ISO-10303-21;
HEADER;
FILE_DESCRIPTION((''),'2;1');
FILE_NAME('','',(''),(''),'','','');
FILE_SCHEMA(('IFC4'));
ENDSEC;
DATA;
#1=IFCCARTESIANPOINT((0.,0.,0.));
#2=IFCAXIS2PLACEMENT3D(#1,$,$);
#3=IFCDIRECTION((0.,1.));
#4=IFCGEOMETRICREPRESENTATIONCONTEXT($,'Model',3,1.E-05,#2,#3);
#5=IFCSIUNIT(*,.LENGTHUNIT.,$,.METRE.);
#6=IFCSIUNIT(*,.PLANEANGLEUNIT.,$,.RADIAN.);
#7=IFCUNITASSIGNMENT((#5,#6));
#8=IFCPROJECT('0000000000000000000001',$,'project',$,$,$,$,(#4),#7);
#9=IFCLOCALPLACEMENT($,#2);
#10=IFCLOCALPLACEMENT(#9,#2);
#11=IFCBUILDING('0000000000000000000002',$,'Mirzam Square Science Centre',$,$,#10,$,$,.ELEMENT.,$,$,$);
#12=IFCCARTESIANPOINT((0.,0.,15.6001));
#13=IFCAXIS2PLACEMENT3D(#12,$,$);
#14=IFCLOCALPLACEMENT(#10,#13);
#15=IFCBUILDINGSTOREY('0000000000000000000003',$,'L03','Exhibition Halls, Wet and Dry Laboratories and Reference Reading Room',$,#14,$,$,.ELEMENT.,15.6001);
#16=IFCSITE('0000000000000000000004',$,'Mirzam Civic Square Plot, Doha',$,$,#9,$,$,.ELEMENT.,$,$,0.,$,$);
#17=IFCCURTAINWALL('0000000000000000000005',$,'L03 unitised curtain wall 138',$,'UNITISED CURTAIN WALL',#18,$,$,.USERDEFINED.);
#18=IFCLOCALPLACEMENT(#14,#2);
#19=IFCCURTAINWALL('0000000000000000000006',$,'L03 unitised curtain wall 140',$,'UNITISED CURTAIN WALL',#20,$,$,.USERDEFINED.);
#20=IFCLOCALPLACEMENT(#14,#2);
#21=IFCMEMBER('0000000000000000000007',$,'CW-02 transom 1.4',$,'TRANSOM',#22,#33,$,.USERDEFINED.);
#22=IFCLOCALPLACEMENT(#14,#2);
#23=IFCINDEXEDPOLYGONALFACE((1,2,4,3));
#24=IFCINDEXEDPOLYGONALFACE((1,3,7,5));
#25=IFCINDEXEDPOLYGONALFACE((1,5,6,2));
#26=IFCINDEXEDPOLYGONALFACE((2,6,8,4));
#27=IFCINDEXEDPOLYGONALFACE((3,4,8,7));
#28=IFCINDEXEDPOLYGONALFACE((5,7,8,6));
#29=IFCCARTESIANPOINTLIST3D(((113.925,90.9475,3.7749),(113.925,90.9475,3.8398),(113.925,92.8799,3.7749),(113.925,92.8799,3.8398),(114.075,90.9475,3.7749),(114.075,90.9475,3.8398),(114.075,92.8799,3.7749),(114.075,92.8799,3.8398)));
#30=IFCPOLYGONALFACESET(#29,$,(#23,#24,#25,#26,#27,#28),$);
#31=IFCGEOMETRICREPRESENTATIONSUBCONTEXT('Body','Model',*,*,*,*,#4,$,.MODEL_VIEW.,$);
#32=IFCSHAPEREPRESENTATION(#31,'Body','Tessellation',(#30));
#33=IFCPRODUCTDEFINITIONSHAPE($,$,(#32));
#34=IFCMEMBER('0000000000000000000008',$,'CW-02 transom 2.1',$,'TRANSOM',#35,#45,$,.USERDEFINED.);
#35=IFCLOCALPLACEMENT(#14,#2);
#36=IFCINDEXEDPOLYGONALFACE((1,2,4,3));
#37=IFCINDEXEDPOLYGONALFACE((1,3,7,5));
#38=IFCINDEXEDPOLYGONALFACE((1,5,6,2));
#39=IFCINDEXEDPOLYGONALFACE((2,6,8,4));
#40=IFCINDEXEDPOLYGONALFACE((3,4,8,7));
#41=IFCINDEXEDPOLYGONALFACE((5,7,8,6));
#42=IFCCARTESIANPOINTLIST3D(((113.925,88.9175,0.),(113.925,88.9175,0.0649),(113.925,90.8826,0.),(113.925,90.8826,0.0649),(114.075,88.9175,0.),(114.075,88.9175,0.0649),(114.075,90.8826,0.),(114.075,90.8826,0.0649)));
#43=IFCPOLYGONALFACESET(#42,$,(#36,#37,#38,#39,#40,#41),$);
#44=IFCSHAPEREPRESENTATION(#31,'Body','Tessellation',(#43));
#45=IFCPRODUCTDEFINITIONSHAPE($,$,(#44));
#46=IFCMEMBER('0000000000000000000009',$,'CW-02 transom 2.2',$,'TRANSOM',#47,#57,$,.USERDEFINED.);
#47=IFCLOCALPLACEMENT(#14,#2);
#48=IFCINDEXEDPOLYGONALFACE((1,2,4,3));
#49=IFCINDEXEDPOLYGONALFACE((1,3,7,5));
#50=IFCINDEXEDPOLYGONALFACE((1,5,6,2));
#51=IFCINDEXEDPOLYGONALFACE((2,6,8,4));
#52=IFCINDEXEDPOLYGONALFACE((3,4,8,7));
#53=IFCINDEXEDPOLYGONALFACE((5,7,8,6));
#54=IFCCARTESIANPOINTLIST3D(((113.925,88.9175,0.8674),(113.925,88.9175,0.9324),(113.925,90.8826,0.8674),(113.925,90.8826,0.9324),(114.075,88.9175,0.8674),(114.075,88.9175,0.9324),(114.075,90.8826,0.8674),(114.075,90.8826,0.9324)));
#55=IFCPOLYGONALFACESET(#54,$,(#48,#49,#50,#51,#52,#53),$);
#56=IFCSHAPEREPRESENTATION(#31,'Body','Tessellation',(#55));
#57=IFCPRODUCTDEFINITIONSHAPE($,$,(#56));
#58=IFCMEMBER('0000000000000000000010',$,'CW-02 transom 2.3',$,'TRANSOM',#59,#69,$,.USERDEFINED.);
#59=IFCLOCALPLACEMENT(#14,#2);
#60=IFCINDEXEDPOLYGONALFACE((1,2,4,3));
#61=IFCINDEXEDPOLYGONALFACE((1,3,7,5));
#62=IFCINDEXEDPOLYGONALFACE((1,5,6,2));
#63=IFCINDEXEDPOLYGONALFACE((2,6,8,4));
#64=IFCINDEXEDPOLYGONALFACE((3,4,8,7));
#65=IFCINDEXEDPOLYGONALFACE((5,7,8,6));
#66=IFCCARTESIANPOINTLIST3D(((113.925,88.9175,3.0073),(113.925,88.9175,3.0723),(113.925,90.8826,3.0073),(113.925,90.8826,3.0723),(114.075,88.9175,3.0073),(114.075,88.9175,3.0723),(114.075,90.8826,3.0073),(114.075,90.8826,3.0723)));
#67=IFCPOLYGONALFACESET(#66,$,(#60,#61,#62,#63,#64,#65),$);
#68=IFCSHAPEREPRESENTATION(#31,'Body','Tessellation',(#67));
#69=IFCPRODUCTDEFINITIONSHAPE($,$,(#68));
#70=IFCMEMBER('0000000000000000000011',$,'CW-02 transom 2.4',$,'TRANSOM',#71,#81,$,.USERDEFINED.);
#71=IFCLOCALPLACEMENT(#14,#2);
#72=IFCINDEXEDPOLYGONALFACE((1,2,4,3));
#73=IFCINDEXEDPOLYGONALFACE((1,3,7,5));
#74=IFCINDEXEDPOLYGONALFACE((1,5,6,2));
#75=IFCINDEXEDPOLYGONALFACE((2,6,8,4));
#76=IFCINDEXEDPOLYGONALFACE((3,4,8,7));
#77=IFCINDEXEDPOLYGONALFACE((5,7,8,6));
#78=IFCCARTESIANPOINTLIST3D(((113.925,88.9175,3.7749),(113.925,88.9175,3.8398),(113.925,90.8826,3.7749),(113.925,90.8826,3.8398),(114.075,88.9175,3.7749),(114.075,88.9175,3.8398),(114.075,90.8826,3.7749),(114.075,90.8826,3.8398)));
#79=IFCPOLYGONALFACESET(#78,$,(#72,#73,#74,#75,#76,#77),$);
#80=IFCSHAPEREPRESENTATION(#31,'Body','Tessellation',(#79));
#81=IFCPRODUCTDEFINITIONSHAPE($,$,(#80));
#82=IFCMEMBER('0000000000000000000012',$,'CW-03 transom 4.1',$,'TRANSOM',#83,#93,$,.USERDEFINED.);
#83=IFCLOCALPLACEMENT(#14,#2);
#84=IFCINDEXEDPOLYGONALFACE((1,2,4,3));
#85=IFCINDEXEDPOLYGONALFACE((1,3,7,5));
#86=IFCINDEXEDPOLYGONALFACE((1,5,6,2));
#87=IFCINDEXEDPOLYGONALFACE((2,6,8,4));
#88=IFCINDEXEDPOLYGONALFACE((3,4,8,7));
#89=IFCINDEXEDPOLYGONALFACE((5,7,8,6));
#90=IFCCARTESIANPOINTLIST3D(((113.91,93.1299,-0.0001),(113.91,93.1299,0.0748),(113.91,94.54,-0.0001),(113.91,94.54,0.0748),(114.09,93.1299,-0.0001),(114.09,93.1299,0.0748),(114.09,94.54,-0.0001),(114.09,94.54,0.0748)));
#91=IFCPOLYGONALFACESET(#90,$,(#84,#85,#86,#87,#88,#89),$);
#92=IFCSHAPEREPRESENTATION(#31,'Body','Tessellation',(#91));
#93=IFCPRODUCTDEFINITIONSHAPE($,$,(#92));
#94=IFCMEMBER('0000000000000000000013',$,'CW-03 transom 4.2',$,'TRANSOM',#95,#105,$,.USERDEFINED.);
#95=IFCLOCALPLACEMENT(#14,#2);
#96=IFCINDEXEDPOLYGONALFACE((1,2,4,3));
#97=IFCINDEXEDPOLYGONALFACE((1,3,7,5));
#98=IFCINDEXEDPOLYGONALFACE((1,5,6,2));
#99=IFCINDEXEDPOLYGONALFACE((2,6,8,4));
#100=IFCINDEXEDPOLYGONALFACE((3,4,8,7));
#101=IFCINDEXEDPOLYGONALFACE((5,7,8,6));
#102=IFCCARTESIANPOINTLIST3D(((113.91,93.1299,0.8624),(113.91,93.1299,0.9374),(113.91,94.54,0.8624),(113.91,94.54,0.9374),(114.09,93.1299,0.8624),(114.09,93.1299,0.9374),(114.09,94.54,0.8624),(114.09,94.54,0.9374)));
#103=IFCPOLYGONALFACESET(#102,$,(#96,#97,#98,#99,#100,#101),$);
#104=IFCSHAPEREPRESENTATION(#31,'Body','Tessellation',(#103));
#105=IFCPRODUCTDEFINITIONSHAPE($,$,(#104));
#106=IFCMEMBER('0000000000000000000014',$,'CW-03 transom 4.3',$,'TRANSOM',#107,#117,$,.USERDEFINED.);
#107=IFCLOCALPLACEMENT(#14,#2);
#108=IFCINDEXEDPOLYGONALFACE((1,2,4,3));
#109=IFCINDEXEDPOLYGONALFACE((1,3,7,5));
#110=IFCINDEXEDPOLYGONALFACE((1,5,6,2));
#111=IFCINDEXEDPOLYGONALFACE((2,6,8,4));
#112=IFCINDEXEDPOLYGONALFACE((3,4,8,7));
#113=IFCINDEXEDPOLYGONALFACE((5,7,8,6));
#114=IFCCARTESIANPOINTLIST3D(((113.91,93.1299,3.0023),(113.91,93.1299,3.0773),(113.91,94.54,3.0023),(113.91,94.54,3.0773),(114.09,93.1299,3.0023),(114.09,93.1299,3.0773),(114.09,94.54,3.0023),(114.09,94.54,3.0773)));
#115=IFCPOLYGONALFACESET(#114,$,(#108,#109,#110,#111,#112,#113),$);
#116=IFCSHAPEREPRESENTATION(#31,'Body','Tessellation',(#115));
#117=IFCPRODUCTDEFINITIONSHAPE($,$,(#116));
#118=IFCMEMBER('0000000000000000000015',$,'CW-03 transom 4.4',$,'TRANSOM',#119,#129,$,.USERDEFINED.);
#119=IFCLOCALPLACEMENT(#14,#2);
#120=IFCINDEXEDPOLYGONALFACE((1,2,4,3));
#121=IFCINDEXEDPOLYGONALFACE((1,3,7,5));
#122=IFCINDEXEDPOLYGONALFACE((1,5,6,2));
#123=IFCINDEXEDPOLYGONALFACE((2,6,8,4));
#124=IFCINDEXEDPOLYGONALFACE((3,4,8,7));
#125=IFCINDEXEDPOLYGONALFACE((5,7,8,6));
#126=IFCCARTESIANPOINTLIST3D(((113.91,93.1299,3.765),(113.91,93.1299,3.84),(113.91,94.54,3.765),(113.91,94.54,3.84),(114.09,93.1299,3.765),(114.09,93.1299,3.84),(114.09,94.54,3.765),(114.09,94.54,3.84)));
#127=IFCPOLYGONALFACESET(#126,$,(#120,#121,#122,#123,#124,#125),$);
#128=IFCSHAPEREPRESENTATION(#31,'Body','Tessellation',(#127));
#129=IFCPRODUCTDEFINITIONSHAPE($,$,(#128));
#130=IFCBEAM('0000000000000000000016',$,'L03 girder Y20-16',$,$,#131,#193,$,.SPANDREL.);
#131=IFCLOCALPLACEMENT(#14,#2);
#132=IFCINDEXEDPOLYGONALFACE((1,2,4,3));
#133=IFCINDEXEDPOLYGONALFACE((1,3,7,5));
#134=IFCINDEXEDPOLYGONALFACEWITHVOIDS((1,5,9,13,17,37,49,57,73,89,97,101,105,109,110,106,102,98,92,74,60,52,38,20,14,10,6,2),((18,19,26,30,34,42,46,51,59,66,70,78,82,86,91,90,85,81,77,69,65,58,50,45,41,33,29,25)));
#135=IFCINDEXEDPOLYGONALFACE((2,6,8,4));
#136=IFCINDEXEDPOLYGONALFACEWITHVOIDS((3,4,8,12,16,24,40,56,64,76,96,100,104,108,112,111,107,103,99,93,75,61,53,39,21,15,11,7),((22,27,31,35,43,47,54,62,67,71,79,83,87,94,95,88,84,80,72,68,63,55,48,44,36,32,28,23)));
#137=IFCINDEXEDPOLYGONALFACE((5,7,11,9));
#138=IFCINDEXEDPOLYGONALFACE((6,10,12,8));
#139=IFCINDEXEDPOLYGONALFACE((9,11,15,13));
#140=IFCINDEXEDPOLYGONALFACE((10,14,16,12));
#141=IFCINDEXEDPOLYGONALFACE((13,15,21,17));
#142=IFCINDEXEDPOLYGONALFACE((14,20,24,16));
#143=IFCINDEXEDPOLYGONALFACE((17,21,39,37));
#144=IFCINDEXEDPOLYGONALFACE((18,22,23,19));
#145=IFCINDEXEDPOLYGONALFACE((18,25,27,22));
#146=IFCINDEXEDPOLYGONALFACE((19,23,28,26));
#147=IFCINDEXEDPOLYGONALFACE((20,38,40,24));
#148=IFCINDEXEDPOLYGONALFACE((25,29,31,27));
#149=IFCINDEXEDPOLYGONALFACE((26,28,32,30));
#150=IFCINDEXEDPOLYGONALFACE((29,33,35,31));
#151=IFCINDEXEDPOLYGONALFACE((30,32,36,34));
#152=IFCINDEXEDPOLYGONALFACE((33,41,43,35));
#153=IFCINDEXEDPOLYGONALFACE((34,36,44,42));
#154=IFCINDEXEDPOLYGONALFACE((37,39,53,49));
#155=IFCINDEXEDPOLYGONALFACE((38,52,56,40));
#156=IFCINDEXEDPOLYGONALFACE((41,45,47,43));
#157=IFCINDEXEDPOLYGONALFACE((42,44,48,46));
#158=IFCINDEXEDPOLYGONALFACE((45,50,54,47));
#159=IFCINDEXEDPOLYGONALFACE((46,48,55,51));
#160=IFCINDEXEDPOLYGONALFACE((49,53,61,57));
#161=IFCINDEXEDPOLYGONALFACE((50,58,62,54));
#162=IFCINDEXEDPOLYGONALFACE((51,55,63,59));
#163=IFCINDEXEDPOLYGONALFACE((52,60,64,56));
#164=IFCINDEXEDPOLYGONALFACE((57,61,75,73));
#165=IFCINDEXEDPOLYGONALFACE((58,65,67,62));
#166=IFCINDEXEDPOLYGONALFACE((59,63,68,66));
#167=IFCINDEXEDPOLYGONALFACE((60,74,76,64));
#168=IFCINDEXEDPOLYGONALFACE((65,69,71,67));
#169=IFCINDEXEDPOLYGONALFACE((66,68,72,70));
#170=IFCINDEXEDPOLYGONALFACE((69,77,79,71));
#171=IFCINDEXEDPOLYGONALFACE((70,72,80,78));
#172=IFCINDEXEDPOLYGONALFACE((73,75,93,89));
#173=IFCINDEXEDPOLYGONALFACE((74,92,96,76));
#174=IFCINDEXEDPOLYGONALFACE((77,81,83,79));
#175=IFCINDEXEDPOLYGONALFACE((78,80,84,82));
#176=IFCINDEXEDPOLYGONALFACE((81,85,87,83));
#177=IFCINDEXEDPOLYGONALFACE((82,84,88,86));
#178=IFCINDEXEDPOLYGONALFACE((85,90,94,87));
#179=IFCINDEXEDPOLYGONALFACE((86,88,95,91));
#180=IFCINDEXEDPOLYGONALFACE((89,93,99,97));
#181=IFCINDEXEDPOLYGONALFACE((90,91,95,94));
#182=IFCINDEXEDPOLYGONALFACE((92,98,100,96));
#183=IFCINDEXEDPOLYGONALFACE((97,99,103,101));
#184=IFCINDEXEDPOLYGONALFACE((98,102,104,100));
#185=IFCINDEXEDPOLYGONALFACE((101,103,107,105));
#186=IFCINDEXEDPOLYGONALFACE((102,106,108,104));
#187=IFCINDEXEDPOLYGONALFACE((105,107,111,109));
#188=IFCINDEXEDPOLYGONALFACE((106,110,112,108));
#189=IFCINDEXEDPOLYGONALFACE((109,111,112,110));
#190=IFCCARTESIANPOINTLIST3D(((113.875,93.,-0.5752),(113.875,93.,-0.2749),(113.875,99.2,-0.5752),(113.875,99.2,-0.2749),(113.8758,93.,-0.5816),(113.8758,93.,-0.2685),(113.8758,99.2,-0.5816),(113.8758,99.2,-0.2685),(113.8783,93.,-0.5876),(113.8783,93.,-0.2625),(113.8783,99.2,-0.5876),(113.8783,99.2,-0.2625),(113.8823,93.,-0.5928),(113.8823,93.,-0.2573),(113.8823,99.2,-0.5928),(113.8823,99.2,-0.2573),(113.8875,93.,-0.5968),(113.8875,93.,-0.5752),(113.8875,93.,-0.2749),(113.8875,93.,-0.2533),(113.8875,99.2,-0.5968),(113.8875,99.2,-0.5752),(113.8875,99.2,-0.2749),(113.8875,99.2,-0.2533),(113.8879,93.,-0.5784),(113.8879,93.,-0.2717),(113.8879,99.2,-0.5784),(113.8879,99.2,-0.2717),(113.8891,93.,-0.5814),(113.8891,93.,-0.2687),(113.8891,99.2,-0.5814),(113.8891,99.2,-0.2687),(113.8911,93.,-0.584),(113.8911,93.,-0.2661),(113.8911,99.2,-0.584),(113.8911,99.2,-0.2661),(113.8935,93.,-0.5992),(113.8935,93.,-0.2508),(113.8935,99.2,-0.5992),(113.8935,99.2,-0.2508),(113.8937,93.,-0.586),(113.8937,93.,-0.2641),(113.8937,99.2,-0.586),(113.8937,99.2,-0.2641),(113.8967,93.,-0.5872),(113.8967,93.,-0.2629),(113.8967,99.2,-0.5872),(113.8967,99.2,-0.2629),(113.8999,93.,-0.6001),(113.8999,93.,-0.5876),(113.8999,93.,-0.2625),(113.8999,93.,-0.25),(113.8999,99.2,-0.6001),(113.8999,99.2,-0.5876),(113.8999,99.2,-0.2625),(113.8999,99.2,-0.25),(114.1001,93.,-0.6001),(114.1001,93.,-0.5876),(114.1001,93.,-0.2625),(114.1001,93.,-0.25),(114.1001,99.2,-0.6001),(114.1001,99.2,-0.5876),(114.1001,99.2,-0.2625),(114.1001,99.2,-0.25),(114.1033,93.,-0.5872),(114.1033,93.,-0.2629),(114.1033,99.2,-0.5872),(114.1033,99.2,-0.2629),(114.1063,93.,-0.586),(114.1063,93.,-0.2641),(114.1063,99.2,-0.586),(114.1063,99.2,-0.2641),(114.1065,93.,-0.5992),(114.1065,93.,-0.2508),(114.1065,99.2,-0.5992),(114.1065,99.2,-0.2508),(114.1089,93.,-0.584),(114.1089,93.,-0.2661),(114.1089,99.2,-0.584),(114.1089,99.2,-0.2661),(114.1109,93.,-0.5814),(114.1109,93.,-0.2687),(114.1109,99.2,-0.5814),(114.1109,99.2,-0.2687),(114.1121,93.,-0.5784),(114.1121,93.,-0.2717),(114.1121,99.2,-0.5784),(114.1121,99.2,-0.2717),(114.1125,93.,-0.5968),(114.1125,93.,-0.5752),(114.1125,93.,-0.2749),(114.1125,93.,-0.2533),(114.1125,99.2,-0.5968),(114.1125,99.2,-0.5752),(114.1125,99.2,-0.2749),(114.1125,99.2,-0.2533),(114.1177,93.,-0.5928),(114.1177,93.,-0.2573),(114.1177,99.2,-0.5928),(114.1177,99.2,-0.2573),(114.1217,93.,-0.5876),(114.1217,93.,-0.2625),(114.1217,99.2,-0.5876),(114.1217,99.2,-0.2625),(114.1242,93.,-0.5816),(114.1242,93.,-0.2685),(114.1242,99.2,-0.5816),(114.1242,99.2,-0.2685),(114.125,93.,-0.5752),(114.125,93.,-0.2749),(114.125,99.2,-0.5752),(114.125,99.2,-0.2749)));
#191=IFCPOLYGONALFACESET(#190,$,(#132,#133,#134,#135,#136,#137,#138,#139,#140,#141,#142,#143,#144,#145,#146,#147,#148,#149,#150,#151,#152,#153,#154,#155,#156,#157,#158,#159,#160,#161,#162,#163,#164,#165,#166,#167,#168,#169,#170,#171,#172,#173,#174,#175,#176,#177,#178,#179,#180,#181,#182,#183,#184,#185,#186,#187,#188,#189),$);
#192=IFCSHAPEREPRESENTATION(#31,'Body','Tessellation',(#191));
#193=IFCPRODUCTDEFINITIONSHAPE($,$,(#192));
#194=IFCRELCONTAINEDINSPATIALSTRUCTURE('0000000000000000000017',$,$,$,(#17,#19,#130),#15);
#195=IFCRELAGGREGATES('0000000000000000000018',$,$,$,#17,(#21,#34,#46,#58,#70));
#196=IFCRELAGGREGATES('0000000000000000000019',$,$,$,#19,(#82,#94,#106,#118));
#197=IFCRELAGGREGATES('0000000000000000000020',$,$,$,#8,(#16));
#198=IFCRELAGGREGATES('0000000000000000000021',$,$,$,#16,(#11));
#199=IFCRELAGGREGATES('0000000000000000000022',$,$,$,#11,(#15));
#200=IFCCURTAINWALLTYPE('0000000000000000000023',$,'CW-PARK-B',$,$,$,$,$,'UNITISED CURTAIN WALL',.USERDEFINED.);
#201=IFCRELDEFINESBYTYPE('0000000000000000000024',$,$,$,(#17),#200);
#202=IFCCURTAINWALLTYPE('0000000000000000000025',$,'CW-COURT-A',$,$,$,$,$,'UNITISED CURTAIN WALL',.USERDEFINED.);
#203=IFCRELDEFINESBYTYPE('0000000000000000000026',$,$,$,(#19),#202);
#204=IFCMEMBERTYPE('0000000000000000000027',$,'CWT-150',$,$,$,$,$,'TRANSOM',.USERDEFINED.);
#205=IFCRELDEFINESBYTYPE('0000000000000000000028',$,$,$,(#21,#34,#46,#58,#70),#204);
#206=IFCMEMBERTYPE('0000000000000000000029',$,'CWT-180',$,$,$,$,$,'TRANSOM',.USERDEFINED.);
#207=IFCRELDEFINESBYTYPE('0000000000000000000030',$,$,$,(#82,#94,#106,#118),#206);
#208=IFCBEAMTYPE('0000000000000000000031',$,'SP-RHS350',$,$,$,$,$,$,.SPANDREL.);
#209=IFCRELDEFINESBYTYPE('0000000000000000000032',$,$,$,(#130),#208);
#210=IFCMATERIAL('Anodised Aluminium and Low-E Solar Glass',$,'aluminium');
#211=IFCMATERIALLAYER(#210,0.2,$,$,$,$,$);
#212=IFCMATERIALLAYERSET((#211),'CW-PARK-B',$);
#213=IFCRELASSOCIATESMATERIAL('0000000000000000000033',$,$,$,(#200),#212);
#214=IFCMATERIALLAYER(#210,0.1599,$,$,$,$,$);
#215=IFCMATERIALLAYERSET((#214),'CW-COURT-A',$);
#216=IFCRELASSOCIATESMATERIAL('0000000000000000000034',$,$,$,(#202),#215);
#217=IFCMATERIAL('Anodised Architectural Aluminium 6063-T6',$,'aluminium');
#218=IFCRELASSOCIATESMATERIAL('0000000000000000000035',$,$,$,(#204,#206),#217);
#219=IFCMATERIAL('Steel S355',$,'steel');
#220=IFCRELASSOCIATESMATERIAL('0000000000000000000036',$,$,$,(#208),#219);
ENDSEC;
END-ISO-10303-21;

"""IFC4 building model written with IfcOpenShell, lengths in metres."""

from ifc_helpers import new_model, si_unit, direction, frame, origin, origin_2d, place, context, subcontext, project, spatial, rectangle, hollow_rectangle, extrude, material, layer, layer_set, material_profile, profile_set, type_object, element, aggregate, save


model = new_model("IFC4")

# Units and contexts
model_context = context("Model", 3, precision=1e-05, world=origin(), true_north=direction((0.0, 1.0)))
body_context = subcontext(model_context, "Body", "Model", "MODEL_VIEW")
ifc_project = project(units=[si_unit("LENGTHUNIT", "METRE"), si_unit("PLANEANGLEUNIT", "RADIAN")], contexts=[model_context])

# Site, building, storey
site_placement = place(None, origin())
site = spatial("IfcSite", under=ifc_project, at=site_placement, Name="Mirzam Civic Square Plot, Doha", CompositionType="ELEMENT", RefElevation=0.0)
building_placement = place(site_placement, origin())
building = spatial("IfcBuilding", under=site, at=building_placement, Name="Mirzam Square Science Centre", CompositionType="ELEMENT")
storey_placement = place(building_placement, frame((0.0, 0.0, 15.6001)))
storey = spatial("IfcBuildingStorey", under=building, at=storey_placement, Name="L03", Description="Exhibition Halls, Wet and Dry Laboratories and Reference Reading Room", CompositionType="ELEMENT", Elevation=15.6001)

# Shared definitions
ifc_material_1 = material(Name="Steel S355", Category="steel")

# Curtain wall
ifc_material_2 = material(Name="Anodised Aluminium and Low-E Solar Glass", Category="aluminium")
ifc_layer_1 = layer(ifc_material_2, 0.2)
ifc_layer_set_1 = layer_set([ifc_layer_1], Name="CW-PARK-B")
curtain_wall_type_1 = type_object("IfcCurtainWallType", Name="CW-PARK-B", ElementType="UNITISED CURTAIN WALL", PredefinedType="USERDEFINED", material=ifc_layer_set_1)
curtain_wall_1_placement = place(storey_placement, origin())
curtain_wall_1 = element("IfcCurtainWall", 1, at=curtain_wall_1_placement, inside=storey, type_object=curtain_wall_type_1, Name="L03 unitised curtain wall 138", ObjectType="UNITISED CURTAIN WALL", PredefinedType="USERDEFINED")
ifc_material_3 = material(Name="Anodised Architectural Aluminium 6063-T6", Category="aluminium")

# Curtain wall
ifc_layer_2 = layer(ifc_material_2, 0.1599)
ifc_layer_set_2 = layer_set([ifc_layer_2], Name="CW-COURT-A")
curtain_wall_type_2 = type_object("IfcCurtainWallType", Name="CW-COURT-A", ElementType="UNITISED CURTAIN WALL", PredefinedType="USERDEFINED", material=ifc_layer_set_2)
curtain_wall_2_placement = place(storey_placement, origin())
curtain_wall_2 = element("IfcCurtainWall", 2, at=curtain_wall_2_placement, inside=storey, type_object=curtain_wall_type_2, Name="L03 unitised curtain wall 140", ObjectType="UNITISED CURTAIN WALL", PredefinedType="USERDEFINED")

# Members
ifc_material_profile_1 = material_profile(ifc_material_3, rectangle(XDim=0.1499, YDim=0.0649, at=origin_2d()), Name="ALU-TRAN-150x65x4")
ifc_profile_set_1 = profile_set([ifc_material_profile_1], Name="Anodised Architectural Aluminium 6063-T6")
member_type_1 = type_object("IfcMemberType", Name="CWT-150", ElementType="TRANSOM", PredefinedType="USERDEFINED", material=ifc_profile_set_1)
member_1_placement = place(storey_placement, frame((114.0, 92.8799, 3.8074), z_axis=(0.0, -1.0, 0.0), x_axis=(1.0, 0.0, 0.0)))
member_1 = element("IfcMember", 3, at=member_1_placement, type_object=member_type_1, Name="CW-02 transom 1.4", ObjectType="TRANSOM", PredefinedType="USERDEFINED", context=body_context, shape_type="SweptSolid", body=[
    extrude(rectangle(XDim=0.1499, YDim=0.0649, at=origin_2d()), origin(), (0.0, 0.0, 1.0), 1.9324),
])
member_2_placement = place(storey_placement, frame((114.0, 90.8826, 0.0325), z_axis=(0.0, -1.0, 0.0), x_axis=(1.0, 0.0, 0.0)))
member_2 = element("IfcMember", 4, at=member_2_placement, type_object=member_type_1, Name="CW-02 transom 2.1", ObjectType="TRANSOM", PredefinedType="USERDEFINED", context=body_context, shape_type="SweptSolid", body=[
    extrude(rectangle(XDim=0.1499, YDim=0.0649, at=origin_2d()), origin(), (0.0, 0.0, 1.0), 1.9651),
])
member_3_placement = place(storey_placement, frame((114.0, 90.8826, 0.8999), z_axis=(0.0, -1.0, 0.0), x_axis=(1.0, 0.0, 0.0)))
member_3 = element("IfcMember", 5, at=member_3_placement, type_object=member_type_1, Name="CW-02 transom 2.2", ObjectType="TRANSOM", PredefinedType="USERDEFINED", context=body_context, shape_type="SweptSolid", body=[
    extrude(rectangle(XDim=0.1499, YDim=0.0649, at=origin_2d()), origin(), (0.0, 0.0, 1.0), 1.9651),
])
member_4_placement = place(storey_placement, frame((114.0, 90.8826, 3.0398), z_axis=(0.0, -1.0, 0.0), x_axis=(1.0, 0.0, 0.0)))
member_4 = element("IfcMember", 6, at=member_4_placement, type_object=member_type_1, Name="CW-02 transom 2.3", ObjectType="TRANSOM", PredefinedType="USERDEFINED", context=body_context, shape_type="SweptSolid", body=[
    extrude(rectangle(XDim=0.1499, YDim=0.0649, at=origin_2d()), origin(), (0.0, 0.0, 1.0), 1.9651),
])
member_5_placement = place(storey_placement, frame((114.0, 90.8826, 3.8074), z_axis=(0.0, -1.0, 0.0), x_axis=(1.0, 0.0, 0.0)))
member_5 = element("IfcMember", 7, at=member_5_placement, type_object=member_type_1, Name="CW-02 transom 2.4", ObjectType="TRANSOM", PredefinedType="USERDEFINED", context=body_context, shape_type="SweptSolid", body=[
    extrude(rectangle(XDim=0.1499, YDim=0.0649, at=origin_2d()), origin(), (0.0, 0.0, 1.0), 1.9651),
])
ifc_material_profile_2 = material_profile(ifc_material_3, rectangle(XDim=0.1799, YDim=0.075, at=origin_2d()), Name="ALU-TRAN-180x75x5")
ifc_profile_set_2 = profile_set([ifc_material_profile_2], Name="Anodised Architectural Aluminium 6063-T6")
member_type_2 = type_object("IfcMemberType", Name="CWT-180", ElementType="TRANSOM", PredefinedType="USERDEFINED", material=ifc_profile_set_2)
member_6_placement = place(storey_placement, frame((114.0, 94.54, 0.0374), z_axis=(0.0, -1.0, 0.0), x_axis=(1.0, 0.0, 0.0)))
member_6 = element("IfcMember", 8, at=member_6_placement, type_object=member_type_2, Name="CW-03 transom 4.1", ObjectType="TRANSOM", PredefinedType="USERDEFINED", context=body_context, shape_type="SweptSolid", body=[
    extrude(rectangle(XDim=0.1799, YDim=0.075, at=origin_2d()), origin(), (0.0, 0.0, 1.0), 1.4102),
])
member_7_placement = place(storey_placement, frame((114.0, 94.54, 0.8999), z_axis=(0.0, -1.0, 0.0), x_axis=(1.0, 0.0, 0.0)))
member_7 = element("IfcMember", 9, at=member_7_placement, type_object=member_type_2, Name="CW-03 transom 4.2", ObjectType="TRANSOM", PredefinedType="USERDEFINED", context=body_context, shape_type="SweptSolid", body=[
    extrude(rectangle(XDim=0.1799, YDim=0.075, at=origin_2d()), origin(), (0.0, 0.0, 1.0), 1.4102),
])
member_8_placement = place(storey_placement, frame((114.0, 94.54, 3.0398), z_axis=(0.0, -1.0, 0.0), x_axis=(1.0, 0.0, 0.0)))
member_8 = element("IfcMember", 10, at=member_8_placement, type_object=member_type_2, Name="CW-03 transom 4.3", ObjectType="TRANSOM", PredefinedType="USERDEFINED", context=body_context, shape_type="SweptSolid", body=[
    extrude(rectangle(XDim=0.1799, YDim=0.075, at=origin_2d()), origin(), (0.0, 0.0, 1.0), 1.4102),
])
member_9_placement = place(storey_placement, frame((114.0, 94.54, 3.8025), z_axis=(0.0, -1.0, 0.0), x_axis=(1.0, 0.0, 0.0)))
member_9 = element("IfcMember", 11, at=member_9_placement, type_object=member_type_2, Name="CW-03 transom 4.4", ObjectType="TRANSOM", PredefinedType="USERDEFINED", context=body_context, shape_type="SweptSolid", body=[
    extrude(rectangle(XDim=0.1799, YDim=0.075, at=origin_2d()), origin(), (0.0, 0.0, 1.0), 1.4102),
])

# Beam
ifc_material_profile_3 = material_profile(ifc_material_1, hollow_rectangle(XDim=0.25, YDim=0.3501, WallThickness=0.0125, InnerFilletRadius=0.0125, OuterFilletRadius=0.0249, at=origin_2d()), Name="350x250x12.5RHS")
ifc_profile_set_3 = profile_set([ifc_material_profile_3], Name="Steel S355")
beam_type_1 = type_object("IfcBeamType", Name="SP-RHS350", PredefinedType="SPANDREL", material=ifc_profile_set_3)
beam_1_placement = place(storey_placement, frame((114.0, 93.0, -0.425), z_axis=(0.0, 1.0, 0.0), x_axis=(-1.0, 0.0, 0.0)))
element("IfcBeam", 12, at=beam_1_placement, inside=storey, type_object=beam_type_1, Name="L03 girder Y20-16", PredefinedType="SPANDREL", context=body_context, shape_type="SweptSolid", body=[
    extrude(hollow_rectangle(XDim=0.25, YDim=0.3501, WallThickness=0.0125, InnerFilletRadius=0.0125, OuterFilletRadius=0.0249, at=origin_2d()), origin(), (0.0, 0.0, 1.0), 6.2),
])

aggregate(curtain_wall_1, [member_1, member_2, member_3, member_4, member_5])
aggregate(curtain_wall_2, [member_6, member_7, member_8, member_9])

save(model, "model.ifc")
